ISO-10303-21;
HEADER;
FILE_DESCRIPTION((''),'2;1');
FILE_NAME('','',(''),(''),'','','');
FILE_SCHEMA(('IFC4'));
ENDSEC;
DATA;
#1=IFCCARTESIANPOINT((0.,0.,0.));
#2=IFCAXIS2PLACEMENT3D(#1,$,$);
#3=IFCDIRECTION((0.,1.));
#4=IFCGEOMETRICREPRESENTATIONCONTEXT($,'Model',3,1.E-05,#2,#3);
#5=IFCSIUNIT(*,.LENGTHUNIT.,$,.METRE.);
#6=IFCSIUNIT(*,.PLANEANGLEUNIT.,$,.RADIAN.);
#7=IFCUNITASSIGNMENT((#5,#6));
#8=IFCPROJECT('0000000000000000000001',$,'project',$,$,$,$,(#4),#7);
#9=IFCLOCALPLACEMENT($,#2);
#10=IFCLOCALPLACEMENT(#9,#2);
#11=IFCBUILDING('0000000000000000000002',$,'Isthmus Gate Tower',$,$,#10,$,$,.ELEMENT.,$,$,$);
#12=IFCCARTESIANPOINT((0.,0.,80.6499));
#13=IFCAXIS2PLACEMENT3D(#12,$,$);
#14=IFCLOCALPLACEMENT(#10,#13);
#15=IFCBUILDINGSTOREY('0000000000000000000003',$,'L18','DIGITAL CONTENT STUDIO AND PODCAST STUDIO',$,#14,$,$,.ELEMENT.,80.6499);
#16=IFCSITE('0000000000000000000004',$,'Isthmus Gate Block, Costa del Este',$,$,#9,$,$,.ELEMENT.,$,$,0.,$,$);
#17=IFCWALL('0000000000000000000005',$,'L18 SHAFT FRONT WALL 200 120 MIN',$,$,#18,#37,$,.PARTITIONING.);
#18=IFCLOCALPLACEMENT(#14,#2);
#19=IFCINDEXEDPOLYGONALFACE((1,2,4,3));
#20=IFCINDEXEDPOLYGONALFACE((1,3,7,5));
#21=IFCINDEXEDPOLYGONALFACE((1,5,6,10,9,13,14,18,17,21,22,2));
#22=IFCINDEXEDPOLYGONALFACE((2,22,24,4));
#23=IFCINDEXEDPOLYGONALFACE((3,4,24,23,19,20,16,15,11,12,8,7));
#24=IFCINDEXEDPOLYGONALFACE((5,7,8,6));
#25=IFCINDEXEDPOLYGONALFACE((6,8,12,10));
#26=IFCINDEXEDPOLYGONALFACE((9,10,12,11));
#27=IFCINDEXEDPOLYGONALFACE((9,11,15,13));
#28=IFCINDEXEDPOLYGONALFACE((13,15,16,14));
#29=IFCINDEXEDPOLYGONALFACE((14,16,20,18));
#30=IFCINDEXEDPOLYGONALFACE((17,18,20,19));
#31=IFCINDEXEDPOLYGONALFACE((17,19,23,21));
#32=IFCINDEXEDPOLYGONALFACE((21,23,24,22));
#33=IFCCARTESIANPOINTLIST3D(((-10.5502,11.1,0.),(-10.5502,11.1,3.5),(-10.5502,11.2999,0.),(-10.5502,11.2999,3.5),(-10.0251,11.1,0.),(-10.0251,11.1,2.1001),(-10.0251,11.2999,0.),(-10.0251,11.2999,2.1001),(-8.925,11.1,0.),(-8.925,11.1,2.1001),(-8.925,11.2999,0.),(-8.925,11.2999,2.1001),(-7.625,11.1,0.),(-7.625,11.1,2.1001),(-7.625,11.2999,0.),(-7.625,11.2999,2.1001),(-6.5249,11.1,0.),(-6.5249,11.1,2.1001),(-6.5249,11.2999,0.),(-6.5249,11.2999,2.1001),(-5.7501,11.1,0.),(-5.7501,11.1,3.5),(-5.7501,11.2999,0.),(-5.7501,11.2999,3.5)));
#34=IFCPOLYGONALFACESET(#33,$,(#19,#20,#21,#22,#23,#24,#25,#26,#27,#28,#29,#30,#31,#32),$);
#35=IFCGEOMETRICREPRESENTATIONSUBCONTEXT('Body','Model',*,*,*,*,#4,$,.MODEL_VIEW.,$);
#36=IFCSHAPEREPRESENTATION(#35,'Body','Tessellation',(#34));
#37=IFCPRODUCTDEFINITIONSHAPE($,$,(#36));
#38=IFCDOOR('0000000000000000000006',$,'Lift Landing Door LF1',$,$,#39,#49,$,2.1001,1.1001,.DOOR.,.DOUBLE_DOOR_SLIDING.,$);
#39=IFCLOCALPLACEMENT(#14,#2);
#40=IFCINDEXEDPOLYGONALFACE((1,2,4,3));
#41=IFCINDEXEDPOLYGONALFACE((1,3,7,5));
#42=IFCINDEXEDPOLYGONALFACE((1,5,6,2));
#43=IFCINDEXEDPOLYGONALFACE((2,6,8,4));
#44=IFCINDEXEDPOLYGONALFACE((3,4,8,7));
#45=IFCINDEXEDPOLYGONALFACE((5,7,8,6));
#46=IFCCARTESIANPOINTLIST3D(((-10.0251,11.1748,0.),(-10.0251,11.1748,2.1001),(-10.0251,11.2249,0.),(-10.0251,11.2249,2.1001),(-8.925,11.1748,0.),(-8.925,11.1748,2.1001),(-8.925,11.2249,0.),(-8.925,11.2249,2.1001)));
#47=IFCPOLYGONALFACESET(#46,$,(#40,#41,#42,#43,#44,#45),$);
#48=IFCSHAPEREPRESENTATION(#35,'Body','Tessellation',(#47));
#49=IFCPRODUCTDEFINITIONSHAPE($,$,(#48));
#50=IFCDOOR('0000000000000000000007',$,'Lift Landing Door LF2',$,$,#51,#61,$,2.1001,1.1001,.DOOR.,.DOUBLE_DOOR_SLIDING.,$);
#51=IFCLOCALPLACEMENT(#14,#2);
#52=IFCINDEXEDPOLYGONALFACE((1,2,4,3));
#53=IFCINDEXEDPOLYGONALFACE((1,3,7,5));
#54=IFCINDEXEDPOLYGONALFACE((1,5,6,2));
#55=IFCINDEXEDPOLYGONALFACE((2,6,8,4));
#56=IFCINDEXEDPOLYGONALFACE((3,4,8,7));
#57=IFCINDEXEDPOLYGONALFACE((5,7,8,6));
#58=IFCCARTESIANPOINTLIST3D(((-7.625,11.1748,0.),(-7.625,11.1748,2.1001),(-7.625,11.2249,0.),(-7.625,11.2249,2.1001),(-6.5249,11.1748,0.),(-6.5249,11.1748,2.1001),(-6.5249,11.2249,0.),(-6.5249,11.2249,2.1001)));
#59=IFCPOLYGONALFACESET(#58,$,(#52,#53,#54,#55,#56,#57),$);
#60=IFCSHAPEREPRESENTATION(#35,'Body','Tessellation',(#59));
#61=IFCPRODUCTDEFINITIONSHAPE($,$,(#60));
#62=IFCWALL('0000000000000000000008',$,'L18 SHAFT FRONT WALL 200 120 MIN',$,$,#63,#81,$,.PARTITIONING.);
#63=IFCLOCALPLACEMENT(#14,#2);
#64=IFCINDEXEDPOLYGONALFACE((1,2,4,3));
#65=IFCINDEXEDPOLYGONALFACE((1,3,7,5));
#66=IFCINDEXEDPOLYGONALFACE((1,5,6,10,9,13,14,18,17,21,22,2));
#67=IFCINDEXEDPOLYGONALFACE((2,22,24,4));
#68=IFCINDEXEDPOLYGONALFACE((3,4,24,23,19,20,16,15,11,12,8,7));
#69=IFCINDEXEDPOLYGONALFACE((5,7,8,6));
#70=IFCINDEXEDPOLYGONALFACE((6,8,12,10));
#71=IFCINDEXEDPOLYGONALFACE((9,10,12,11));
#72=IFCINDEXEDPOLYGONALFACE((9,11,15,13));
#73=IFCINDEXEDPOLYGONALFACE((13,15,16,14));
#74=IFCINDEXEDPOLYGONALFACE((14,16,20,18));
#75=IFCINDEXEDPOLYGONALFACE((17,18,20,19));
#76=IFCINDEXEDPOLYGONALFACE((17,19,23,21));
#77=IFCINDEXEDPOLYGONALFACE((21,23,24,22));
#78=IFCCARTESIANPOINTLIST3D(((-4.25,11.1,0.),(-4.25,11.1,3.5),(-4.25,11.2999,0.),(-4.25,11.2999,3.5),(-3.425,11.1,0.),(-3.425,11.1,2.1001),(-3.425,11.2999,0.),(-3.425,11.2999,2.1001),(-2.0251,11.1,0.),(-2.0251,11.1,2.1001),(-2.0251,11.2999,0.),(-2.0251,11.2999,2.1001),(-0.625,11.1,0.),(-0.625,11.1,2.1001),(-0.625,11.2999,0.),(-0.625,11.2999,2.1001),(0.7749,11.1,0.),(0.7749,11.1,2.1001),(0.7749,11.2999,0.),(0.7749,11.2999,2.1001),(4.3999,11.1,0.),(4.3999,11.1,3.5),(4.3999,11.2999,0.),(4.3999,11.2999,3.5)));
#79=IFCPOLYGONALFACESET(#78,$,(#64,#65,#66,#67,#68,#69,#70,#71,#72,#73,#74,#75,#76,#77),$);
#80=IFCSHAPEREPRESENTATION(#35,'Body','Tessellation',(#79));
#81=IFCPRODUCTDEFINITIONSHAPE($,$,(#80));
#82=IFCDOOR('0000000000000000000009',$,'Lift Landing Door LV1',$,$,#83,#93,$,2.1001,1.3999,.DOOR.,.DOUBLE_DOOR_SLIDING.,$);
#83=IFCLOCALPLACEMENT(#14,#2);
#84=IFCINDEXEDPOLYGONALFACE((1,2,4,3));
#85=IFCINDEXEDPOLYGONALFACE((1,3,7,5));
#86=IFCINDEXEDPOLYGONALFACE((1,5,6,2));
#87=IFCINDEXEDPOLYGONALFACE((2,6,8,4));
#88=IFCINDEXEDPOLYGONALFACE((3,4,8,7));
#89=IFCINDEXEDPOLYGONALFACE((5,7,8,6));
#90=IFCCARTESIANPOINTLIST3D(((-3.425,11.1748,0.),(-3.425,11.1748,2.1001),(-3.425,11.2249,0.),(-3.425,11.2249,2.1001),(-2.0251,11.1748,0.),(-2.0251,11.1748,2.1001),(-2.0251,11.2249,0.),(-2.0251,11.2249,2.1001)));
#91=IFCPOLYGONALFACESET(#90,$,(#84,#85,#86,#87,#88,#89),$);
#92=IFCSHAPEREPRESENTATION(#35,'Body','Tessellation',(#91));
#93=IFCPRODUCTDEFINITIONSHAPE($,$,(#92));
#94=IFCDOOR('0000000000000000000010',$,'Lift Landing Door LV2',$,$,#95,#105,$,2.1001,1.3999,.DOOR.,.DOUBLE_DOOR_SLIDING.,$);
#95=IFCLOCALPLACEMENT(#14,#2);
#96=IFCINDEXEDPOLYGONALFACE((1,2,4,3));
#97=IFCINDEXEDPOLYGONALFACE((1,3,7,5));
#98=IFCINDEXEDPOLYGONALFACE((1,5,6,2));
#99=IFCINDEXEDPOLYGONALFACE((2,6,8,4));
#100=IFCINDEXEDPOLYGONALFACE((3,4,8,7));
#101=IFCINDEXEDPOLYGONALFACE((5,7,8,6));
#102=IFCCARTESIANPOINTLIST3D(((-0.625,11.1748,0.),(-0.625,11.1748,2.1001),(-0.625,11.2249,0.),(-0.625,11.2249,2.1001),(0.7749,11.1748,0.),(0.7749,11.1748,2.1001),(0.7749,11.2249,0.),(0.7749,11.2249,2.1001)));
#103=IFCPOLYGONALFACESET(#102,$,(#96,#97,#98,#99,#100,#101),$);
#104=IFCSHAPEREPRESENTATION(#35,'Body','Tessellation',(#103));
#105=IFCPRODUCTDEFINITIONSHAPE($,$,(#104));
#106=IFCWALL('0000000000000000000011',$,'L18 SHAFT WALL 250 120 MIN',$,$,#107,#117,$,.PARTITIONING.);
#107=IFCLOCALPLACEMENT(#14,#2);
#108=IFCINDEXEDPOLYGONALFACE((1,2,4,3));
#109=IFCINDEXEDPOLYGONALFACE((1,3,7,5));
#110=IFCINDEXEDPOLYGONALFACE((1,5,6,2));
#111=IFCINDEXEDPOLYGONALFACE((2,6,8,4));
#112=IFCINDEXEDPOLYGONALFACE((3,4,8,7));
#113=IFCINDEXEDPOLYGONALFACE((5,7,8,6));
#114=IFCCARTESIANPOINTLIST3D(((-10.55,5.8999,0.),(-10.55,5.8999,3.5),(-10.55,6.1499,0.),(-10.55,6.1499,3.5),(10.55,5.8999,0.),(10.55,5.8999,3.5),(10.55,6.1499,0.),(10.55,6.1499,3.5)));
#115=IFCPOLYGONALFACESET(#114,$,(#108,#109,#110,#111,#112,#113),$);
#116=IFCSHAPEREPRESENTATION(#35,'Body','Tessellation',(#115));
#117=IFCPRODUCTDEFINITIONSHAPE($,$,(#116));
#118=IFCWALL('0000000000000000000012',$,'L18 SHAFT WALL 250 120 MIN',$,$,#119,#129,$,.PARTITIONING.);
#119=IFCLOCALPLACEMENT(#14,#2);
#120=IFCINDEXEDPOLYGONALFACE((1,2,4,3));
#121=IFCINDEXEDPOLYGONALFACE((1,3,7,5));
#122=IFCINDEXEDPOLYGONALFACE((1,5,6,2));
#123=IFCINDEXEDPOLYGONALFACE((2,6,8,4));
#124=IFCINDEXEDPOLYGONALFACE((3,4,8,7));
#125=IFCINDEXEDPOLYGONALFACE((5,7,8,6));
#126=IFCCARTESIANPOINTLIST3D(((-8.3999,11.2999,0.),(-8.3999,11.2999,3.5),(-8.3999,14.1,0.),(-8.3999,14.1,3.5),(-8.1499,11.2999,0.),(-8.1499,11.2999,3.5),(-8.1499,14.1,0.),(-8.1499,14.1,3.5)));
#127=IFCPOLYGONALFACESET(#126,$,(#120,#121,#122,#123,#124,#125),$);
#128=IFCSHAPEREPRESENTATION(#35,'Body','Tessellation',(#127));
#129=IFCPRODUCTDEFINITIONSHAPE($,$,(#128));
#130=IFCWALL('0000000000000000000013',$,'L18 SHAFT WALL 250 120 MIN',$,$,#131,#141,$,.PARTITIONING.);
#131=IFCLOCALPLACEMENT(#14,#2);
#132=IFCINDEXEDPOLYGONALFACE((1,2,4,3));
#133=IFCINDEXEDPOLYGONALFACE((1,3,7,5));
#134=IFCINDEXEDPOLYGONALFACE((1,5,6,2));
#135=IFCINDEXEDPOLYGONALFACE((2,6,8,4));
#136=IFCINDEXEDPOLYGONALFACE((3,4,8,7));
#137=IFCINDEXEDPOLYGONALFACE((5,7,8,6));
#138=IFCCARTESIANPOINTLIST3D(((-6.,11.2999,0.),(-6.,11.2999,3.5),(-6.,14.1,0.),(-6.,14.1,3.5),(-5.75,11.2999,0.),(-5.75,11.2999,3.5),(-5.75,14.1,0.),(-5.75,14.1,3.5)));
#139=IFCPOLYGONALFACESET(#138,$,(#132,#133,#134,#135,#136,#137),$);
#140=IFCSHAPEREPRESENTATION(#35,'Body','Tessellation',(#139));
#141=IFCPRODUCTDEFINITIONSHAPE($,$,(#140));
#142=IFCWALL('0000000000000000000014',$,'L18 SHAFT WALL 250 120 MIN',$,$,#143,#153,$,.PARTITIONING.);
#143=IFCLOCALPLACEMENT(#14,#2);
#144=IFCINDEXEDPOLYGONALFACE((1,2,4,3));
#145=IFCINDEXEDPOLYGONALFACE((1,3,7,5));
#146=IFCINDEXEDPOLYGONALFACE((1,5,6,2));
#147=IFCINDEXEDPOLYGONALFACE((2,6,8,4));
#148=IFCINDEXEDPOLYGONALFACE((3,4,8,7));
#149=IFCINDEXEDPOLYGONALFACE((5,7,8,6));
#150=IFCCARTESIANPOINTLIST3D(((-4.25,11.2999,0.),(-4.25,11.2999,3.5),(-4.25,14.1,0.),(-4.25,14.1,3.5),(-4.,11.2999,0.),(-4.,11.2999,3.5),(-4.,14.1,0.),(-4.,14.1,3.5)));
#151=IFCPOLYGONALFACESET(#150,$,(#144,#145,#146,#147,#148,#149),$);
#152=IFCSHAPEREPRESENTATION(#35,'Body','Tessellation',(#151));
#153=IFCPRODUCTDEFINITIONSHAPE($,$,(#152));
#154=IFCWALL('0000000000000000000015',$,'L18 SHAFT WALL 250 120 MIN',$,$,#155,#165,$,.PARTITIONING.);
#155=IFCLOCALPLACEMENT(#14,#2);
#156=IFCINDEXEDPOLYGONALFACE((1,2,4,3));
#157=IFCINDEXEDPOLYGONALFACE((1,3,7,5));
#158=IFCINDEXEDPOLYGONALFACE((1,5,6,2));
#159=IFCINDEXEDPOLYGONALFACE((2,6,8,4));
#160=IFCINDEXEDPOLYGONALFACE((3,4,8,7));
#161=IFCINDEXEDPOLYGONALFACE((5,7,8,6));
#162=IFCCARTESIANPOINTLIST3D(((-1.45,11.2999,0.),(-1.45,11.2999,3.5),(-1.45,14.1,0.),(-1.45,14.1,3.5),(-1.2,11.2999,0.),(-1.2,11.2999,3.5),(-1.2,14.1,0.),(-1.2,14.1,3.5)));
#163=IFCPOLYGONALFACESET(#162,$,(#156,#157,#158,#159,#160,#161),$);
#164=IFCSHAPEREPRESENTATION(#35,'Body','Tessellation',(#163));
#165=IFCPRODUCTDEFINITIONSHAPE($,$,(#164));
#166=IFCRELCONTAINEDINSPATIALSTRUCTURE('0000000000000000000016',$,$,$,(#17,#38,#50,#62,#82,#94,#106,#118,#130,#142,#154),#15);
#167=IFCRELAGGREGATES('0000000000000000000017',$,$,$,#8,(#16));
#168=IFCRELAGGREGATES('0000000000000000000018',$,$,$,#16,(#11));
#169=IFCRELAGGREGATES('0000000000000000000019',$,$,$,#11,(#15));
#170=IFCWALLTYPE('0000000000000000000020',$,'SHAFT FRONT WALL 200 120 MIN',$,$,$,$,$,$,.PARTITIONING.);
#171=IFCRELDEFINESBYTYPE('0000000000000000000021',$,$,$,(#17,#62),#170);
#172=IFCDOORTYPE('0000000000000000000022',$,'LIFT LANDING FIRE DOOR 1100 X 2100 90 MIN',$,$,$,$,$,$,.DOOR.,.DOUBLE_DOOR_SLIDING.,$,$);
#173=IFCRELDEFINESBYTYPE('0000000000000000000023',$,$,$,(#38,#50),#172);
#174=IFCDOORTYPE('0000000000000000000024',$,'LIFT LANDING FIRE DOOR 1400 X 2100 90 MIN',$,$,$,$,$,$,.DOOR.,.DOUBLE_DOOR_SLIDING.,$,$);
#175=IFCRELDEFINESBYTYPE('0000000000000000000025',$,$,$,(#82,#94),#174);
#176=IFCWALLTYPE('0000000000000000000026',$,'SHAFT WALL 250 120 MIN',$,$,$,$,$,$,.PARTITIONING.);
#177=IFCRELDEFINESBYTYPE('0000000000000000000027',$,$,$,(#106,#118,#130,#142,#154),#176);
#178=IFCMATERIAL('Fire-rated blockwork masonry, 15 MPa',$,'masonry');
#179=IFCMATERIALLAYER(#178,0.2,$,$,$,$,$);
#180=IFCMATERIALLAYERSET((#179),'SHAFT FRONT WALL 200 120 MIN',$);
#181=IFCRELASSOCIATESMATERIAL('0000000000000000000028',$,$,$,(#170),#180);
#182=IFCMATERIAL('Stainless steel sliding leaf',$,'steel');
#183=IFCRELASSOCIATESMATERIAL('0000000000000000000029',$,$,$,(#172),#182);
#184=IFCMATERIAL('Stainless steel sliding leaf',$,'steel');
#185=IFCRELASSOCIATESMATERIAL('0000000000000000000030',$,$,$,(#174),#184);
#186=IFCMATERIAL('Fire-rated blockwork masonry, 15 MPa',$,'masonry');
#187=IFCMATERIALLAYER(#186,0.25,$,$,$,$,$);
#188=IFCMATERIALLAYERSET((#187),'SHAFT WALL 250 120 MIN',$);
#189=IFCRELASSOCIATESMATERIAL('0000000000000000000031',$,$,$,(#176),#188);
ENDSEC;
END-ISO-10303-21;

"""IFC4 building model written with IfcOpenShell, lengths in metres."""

from ifc_helpers import new_model, si_unit, direction, frame, frame_2d, origin, place, context, subcontext, project, spatial, rectangle, extrude, material, layer, layer_set, type_object, element, fill, save


model = new_model("IFC4")

# Units and contexts
model_context = context("Model", 3, precision=1e-05, world=origin(), true_north=direction((0.0, 1.0)))
body_context = subcontext(model_context, "Body", "Model", "MODEL_VIEW")
ifc_project = project(units=[si_unit("LENGTHUNIT", "METRE"), si_unit("PLANEANGLEUNIT", "RADIAN")], contexts=[model_context])

# Site, building, storey
site_placement = place(None, origin())
site = spatial("IfcSite", under=ifc_project, at=site_placement, Name="Isthmus Gate Block, Costa del Este", CompositionType="ELEMENT", RefElevation=0.0)
building_placement = place(site_placement, origin())
building = spatial("IfcBuilding", under=site, at=building_placement, Name="Isthmus Gate Tower", CompositionType="ELEMENT")
storey_placement = place(building_placement, frame((0.0, 0.0, 80.6499)))
storey = spatial("IfcBuildingStorey", under=building, at=storey_placement, Name="L18", Description="DIGITAL CONTENT STUDIO AND PODCAST STUDIO", CompositionType="ELEMENT", Elevation=80.6499)

# Walls, openings, doors
ifc_material_1 = material(Name="Fire-rated blockwork masonry, 15 MPa", Category="masonry")
ifc_layer_1 = layer(ifc_material_1, 0.2)
ifc_layer_set_1 = layer_set([ifc_layer_1], Name="SHAFT FRONT WALL 200 120 MIN")
wall_type_1 = type_object("IfcWallType", Name="SHAFT FRONT WALL 200 120 MIN", PredefinedType="PARTITIONING", material=ifc_layer_set_1)
wall_1_placement = place(storey_placement, frame((-10.55, 11.2, 0.0), z_axis=(0.0, 0.0, 1.0), x_axis=(1.0, 0.0, 0.0)))
wall_1 = element("IfcWall", 1, at=wall_1_placement, inside=storey, type_object=wall_type_1, Name="L18 SHAFT FRONT WALL 200 120 MIN", PredefinedType="PARTITIONING", context=body_context, shape_type="SweptSolid", body=[
    extrude(rectangle(XDim=4.8, YDim=0.2, at=frame_2d((2.3999, 0.0))), origin(), (0.0, 0.0, 1.0), 3.5),
])
opening_1_placement = place(wall_1_placement, frame((0.5249, 0.0, 0.0)))
opening_1 = element("IfcOpeningElement", 2, at=opening_1_placement, cuts=wall_1, PredefinedType="OPENING", context=body_context, shape_type="SweptSolid", body=[
    extrude(rectangle(XDim=1.1001, YDim=2.1001, at=frame_2d((0.55, 1.05))), frame((0.0, 0.1099, 0.0), z_axis=(0.0, -1.0, 0.0), x_axis=(1.0, 0.0, 0.0)), (0.0, 0.0, 1.0), 0.22),
])
opening_2_placement = place(wall_1_placement, frame((2.925, 0.0, 0.0)))
opening_2 = element("IfcOpeningElement", 3, at=opening_2_placement, cuts=wall_1, PredefinedType="OPENING", context=body_context, shape_type="SweptSolid", body=[
    extrude(rectangle(XDim=1.1001, YDim=2.1001, at=frame_2d((0.55, 1.05))), frame((0.0, 0.1099, 0.0), z_axis=(0.0, -1.0, 0.0), x_axis=(1.0, 0.0, 0.0)), (0.0, 0.0, 1.0), 0.22),
])
ifc_material_2 = material(Name="Stainless steel sliding leaf", Category="steel")
door_type_1 = type_object("IfcDoorType", Name="LIFT LANDING FIRE DOOR 1100 X 2100 90 MIN", OperationType="DOUBLE_DOOR_SLIDING", PredefinedType="DOOR", material=ifc_material_2)
door_1_placement = place(opening_1_placement, origin())
door_1 = element("IfcDoor", 4, at=door_1_placement, inside=storey, type_object=door_type_1, Name="Lift Landing Door LF1", OperationType="DOUBLE_DOOR_SLIDING", OverallHeight=2.1001, OverallWidth=1.1001, PredefinedType="DOOR", context=body_context, shape_type="SweptSolid", body=[
    extrude(rectangle(XDim=1.1001, YDim=2.1001, at=frame_2d((0.55, 1.05))), frame((0.0, 0.0249, 0.0), z_axis=(0.0, -1.0, 0.0), x_axis=(1.0, 0.0, 0.0)), (0.0, 0.0, 1.0), 0.05),
])
fill(opening_1, door_1)
door_2_placement = place(opening_2_placement, origin())
door_2 = element("IfcDoor", 5, at=door_2_placement, inside=storey, type_object=door_type_1, Name="Lift Landing Door LF2", OperationType="DOUBLE_DOOR_SLIDING", OverallHeight=2.1001, OverallWidth=1.1001, PredefinedType="DOOR", context=body_context, shape_type="SweptSolid", body=[
    extrude(rectangle(XDim=1.1001, YDim=2.1001, at=frame_2d((0.55, 1.05))), frame((0.0, 0.0249, 0.0), z_axis=(0.0, -1.0, 0.0), x_axis=(1.0, 0.0, 0.0)), (0.0, 0.0, 1.0), 0.05),
])
fill(opening_2, door_2)
wall_2_placement = place(storey_placement, frame((-4.25, 11.2, 0.0), z_axis=(0.0, 0.0, 1.0), x_axis=(1.0, 0.0, 0.0)))
wall_2 = element("IfcWall", 6, at=wall_2_placement, inside=storey, type_object=wall_type_1, Name="L18 SHAFT FRONT WALL 200 120 MIN", PredefinedType="PARTITIONING", context=body_context, shape_type="SweptSolid", body=[
    extrude(rectangle(XDim=8.6499, YDim=0.2, at=frame_2d((4.325, 0.0))), origin(), (0.0, 0.0, 1.0), 3.5),
])
opening_3_placement = place(wall_2_placement, frame((0.825, 0.0, 0.0)))
opening_3 = element("IfcOpeningElement", 7, at=opening_3_placement, cuts=wall_2, PredefinedType="OPENING", context=body_context, shape_type="SweptSolid", body=[
    extrude(rectangle(XDim=1.3999, YDim=2.1001, at=frame_2d((0.7, 1.05))), frame((0.0, 0.1099, 0.0), z_axis=(0.0, -1.0, 0.0), x_axis=(1.0, 0.0, 0.0)), (0.0, 0.0, 1.0), 0.22),
])
opening_4_placement = place(wall_2_placement, frame((3.625, 0.0, 0.0)))
opening_4 = element("IfcOpeningElement", 8, at=opening_4_placement, cuts=wall_2, PredefinedType="OPENING", context=body_context, shape_type="SweptSolid", body=[
    extrude(rectangle(XDim=1.3999, YDim=2.1001, at=frame_2d((0.7, 1.05))), frame((0.0, 0.1099, 0.0), z_axis=(0.0, -1.0, 0.0), x_axis=(1.0, 0.0, 0.0)), (0.0, 0.0, 1.0), 0.22),
])
ifc_material_3 = material(Name="Stainless steel sliding leaf", Category="steel")
door_type_2 = type_object("IfcDoorType", Name="LIFT LANDING FIRE DOOR 1400 X 2100 90 MIN", OperationType="DOUBLE_DOOR_SLIDING", PredefinedType="DOOR", material=ifc_material_3)
door_3_placement = place(opening_3_placement, origin())
door_3 = element("IfcDoor", 9, at=door_3_placement, inside=storey, type_object=door_type_2, Name="Lift Landing Door LV1", OperationType="DOUBLE_DOOR_SLIDING", OverallHeight=2.1001, OverallWidth=1.3999, PredefinedType="DOOR", context=body_context, shape_type="SweptSolid", body=[
    extrude(rectangle(XDim=1.3999, YDim=2.1001, at=frame_2d((0.7, 1.05))), frame((0.0, 0.0249, 0.0), z_axis=(0.0, -1.0, 0.0), x_axis=(1.0, 0.0, 0.0)), (0.0, 0.0, 1.0), 0.05),
])
fill(opening_3, door_3)
door_4_placement = place(opening_4_placement, origin())
door_4 = element("IfcDoor", 10, at=door_4_placement, inside=storey, type_object=door_type_2, Name="Lift Landing Door LV2", OperationType="DOUBLE_DOOR_SLIDING", OverallHeight=2.1001, OverallWidth=1.3999, PredefinedType="DOOR", context=body_context, shape_type="SweptSolid", body=[
    extrude(rectangle(XDim=1.3999, YDim=2.1001, at=frame_2d((0.7, 1.05))), frame((0.0, 0.0249, 0.0), z_axis=(0.0, -1.0, 0.0), x_axis=(1.0, 0.0, 0.0)), (0.0, 0.0, 1.0), 0.05),
])
fill(opening_4, door_4)

# Walls
ifc_material_4 = material(Name="Fire-rated blockwork masonry, 15 MPa", Category="masonry")
ifc_layer_2 = layer(ifc_material_4, 0.25)
ifc_layer_set_2 = layer_set([ifc_layer_2], Name="SHAFT WALL 250 120 MIN")
wall_type_2 = type_object("IfcWallType", Name="SHAFT WALL 250 120 MIN", PredefinedType="PARTITIONING", material=ifc_layer_set_2)
wall_3_placement = place(storey_placement, frame((-10.55, 6.0249, 0.0), z_axis=(0.0, 0.0, 1.0), x_axis=(1.0, 0.0, 0.0)))
element("IfcWall", 11, at=wall_3_placement, inside=storey, type_object=wall_type_2, Name="L18 SHAFT WALL 250 120 MIN", PredefinedType="PARTITIONING", context=body_context, shape_type="SweptSolid", body=[
    extrude(rectangle(XDim=21.1001, YDim=0.25, at=frame_2d((10.55, 0.0))), origin(), (0.0, 0.0, 1.0), 3.5),
])
for number, where, z_axis, x_axis, name in (
    (12, (-8.2749, 11.3, 0.0), (0.0, 0.0, 1.0), (0.0, 1.0, 0.0), "L18 SHAFT WALL 250 120 MIN"),
    (13, (-5.875, 11.3, 0.0), (0.0, 0.0, 1.0), (0.0, 1.0, 0.0), "L18 SHAFT WALL 250 120 MIN"),
    (14, (-4.125, 11.3, 0.0), (0.0, 0.0, 1.0), (0.0, 1.0, 0.0), "L18 SHAFT WALL 250 120 MIN"),
    (15, (-1.325, 11.3, 0.0), (0.0, 0.0, 1.0), (0.0, 1.0, 0.0), "L18 SHAFT WALL 250 120 MIN"),
):
    element("IfcWall", number, at=place(storey_placement, frame(where, z_axis=z_axis, x_axis=x_axis)), inside=storey, type_object=wall_type_2, Name=name, PredefinedType="PARTITIONING", context=body_context, shape_type="SweptSolid", body=[
        extrude(rectangle(XDim=2.8, YDim=0.25, at=frame_2d((1.3999, 0.0))), origin(), (0.0, 0.0, 1.0), 3.5),
    ])

save(model, "model.ifc")
